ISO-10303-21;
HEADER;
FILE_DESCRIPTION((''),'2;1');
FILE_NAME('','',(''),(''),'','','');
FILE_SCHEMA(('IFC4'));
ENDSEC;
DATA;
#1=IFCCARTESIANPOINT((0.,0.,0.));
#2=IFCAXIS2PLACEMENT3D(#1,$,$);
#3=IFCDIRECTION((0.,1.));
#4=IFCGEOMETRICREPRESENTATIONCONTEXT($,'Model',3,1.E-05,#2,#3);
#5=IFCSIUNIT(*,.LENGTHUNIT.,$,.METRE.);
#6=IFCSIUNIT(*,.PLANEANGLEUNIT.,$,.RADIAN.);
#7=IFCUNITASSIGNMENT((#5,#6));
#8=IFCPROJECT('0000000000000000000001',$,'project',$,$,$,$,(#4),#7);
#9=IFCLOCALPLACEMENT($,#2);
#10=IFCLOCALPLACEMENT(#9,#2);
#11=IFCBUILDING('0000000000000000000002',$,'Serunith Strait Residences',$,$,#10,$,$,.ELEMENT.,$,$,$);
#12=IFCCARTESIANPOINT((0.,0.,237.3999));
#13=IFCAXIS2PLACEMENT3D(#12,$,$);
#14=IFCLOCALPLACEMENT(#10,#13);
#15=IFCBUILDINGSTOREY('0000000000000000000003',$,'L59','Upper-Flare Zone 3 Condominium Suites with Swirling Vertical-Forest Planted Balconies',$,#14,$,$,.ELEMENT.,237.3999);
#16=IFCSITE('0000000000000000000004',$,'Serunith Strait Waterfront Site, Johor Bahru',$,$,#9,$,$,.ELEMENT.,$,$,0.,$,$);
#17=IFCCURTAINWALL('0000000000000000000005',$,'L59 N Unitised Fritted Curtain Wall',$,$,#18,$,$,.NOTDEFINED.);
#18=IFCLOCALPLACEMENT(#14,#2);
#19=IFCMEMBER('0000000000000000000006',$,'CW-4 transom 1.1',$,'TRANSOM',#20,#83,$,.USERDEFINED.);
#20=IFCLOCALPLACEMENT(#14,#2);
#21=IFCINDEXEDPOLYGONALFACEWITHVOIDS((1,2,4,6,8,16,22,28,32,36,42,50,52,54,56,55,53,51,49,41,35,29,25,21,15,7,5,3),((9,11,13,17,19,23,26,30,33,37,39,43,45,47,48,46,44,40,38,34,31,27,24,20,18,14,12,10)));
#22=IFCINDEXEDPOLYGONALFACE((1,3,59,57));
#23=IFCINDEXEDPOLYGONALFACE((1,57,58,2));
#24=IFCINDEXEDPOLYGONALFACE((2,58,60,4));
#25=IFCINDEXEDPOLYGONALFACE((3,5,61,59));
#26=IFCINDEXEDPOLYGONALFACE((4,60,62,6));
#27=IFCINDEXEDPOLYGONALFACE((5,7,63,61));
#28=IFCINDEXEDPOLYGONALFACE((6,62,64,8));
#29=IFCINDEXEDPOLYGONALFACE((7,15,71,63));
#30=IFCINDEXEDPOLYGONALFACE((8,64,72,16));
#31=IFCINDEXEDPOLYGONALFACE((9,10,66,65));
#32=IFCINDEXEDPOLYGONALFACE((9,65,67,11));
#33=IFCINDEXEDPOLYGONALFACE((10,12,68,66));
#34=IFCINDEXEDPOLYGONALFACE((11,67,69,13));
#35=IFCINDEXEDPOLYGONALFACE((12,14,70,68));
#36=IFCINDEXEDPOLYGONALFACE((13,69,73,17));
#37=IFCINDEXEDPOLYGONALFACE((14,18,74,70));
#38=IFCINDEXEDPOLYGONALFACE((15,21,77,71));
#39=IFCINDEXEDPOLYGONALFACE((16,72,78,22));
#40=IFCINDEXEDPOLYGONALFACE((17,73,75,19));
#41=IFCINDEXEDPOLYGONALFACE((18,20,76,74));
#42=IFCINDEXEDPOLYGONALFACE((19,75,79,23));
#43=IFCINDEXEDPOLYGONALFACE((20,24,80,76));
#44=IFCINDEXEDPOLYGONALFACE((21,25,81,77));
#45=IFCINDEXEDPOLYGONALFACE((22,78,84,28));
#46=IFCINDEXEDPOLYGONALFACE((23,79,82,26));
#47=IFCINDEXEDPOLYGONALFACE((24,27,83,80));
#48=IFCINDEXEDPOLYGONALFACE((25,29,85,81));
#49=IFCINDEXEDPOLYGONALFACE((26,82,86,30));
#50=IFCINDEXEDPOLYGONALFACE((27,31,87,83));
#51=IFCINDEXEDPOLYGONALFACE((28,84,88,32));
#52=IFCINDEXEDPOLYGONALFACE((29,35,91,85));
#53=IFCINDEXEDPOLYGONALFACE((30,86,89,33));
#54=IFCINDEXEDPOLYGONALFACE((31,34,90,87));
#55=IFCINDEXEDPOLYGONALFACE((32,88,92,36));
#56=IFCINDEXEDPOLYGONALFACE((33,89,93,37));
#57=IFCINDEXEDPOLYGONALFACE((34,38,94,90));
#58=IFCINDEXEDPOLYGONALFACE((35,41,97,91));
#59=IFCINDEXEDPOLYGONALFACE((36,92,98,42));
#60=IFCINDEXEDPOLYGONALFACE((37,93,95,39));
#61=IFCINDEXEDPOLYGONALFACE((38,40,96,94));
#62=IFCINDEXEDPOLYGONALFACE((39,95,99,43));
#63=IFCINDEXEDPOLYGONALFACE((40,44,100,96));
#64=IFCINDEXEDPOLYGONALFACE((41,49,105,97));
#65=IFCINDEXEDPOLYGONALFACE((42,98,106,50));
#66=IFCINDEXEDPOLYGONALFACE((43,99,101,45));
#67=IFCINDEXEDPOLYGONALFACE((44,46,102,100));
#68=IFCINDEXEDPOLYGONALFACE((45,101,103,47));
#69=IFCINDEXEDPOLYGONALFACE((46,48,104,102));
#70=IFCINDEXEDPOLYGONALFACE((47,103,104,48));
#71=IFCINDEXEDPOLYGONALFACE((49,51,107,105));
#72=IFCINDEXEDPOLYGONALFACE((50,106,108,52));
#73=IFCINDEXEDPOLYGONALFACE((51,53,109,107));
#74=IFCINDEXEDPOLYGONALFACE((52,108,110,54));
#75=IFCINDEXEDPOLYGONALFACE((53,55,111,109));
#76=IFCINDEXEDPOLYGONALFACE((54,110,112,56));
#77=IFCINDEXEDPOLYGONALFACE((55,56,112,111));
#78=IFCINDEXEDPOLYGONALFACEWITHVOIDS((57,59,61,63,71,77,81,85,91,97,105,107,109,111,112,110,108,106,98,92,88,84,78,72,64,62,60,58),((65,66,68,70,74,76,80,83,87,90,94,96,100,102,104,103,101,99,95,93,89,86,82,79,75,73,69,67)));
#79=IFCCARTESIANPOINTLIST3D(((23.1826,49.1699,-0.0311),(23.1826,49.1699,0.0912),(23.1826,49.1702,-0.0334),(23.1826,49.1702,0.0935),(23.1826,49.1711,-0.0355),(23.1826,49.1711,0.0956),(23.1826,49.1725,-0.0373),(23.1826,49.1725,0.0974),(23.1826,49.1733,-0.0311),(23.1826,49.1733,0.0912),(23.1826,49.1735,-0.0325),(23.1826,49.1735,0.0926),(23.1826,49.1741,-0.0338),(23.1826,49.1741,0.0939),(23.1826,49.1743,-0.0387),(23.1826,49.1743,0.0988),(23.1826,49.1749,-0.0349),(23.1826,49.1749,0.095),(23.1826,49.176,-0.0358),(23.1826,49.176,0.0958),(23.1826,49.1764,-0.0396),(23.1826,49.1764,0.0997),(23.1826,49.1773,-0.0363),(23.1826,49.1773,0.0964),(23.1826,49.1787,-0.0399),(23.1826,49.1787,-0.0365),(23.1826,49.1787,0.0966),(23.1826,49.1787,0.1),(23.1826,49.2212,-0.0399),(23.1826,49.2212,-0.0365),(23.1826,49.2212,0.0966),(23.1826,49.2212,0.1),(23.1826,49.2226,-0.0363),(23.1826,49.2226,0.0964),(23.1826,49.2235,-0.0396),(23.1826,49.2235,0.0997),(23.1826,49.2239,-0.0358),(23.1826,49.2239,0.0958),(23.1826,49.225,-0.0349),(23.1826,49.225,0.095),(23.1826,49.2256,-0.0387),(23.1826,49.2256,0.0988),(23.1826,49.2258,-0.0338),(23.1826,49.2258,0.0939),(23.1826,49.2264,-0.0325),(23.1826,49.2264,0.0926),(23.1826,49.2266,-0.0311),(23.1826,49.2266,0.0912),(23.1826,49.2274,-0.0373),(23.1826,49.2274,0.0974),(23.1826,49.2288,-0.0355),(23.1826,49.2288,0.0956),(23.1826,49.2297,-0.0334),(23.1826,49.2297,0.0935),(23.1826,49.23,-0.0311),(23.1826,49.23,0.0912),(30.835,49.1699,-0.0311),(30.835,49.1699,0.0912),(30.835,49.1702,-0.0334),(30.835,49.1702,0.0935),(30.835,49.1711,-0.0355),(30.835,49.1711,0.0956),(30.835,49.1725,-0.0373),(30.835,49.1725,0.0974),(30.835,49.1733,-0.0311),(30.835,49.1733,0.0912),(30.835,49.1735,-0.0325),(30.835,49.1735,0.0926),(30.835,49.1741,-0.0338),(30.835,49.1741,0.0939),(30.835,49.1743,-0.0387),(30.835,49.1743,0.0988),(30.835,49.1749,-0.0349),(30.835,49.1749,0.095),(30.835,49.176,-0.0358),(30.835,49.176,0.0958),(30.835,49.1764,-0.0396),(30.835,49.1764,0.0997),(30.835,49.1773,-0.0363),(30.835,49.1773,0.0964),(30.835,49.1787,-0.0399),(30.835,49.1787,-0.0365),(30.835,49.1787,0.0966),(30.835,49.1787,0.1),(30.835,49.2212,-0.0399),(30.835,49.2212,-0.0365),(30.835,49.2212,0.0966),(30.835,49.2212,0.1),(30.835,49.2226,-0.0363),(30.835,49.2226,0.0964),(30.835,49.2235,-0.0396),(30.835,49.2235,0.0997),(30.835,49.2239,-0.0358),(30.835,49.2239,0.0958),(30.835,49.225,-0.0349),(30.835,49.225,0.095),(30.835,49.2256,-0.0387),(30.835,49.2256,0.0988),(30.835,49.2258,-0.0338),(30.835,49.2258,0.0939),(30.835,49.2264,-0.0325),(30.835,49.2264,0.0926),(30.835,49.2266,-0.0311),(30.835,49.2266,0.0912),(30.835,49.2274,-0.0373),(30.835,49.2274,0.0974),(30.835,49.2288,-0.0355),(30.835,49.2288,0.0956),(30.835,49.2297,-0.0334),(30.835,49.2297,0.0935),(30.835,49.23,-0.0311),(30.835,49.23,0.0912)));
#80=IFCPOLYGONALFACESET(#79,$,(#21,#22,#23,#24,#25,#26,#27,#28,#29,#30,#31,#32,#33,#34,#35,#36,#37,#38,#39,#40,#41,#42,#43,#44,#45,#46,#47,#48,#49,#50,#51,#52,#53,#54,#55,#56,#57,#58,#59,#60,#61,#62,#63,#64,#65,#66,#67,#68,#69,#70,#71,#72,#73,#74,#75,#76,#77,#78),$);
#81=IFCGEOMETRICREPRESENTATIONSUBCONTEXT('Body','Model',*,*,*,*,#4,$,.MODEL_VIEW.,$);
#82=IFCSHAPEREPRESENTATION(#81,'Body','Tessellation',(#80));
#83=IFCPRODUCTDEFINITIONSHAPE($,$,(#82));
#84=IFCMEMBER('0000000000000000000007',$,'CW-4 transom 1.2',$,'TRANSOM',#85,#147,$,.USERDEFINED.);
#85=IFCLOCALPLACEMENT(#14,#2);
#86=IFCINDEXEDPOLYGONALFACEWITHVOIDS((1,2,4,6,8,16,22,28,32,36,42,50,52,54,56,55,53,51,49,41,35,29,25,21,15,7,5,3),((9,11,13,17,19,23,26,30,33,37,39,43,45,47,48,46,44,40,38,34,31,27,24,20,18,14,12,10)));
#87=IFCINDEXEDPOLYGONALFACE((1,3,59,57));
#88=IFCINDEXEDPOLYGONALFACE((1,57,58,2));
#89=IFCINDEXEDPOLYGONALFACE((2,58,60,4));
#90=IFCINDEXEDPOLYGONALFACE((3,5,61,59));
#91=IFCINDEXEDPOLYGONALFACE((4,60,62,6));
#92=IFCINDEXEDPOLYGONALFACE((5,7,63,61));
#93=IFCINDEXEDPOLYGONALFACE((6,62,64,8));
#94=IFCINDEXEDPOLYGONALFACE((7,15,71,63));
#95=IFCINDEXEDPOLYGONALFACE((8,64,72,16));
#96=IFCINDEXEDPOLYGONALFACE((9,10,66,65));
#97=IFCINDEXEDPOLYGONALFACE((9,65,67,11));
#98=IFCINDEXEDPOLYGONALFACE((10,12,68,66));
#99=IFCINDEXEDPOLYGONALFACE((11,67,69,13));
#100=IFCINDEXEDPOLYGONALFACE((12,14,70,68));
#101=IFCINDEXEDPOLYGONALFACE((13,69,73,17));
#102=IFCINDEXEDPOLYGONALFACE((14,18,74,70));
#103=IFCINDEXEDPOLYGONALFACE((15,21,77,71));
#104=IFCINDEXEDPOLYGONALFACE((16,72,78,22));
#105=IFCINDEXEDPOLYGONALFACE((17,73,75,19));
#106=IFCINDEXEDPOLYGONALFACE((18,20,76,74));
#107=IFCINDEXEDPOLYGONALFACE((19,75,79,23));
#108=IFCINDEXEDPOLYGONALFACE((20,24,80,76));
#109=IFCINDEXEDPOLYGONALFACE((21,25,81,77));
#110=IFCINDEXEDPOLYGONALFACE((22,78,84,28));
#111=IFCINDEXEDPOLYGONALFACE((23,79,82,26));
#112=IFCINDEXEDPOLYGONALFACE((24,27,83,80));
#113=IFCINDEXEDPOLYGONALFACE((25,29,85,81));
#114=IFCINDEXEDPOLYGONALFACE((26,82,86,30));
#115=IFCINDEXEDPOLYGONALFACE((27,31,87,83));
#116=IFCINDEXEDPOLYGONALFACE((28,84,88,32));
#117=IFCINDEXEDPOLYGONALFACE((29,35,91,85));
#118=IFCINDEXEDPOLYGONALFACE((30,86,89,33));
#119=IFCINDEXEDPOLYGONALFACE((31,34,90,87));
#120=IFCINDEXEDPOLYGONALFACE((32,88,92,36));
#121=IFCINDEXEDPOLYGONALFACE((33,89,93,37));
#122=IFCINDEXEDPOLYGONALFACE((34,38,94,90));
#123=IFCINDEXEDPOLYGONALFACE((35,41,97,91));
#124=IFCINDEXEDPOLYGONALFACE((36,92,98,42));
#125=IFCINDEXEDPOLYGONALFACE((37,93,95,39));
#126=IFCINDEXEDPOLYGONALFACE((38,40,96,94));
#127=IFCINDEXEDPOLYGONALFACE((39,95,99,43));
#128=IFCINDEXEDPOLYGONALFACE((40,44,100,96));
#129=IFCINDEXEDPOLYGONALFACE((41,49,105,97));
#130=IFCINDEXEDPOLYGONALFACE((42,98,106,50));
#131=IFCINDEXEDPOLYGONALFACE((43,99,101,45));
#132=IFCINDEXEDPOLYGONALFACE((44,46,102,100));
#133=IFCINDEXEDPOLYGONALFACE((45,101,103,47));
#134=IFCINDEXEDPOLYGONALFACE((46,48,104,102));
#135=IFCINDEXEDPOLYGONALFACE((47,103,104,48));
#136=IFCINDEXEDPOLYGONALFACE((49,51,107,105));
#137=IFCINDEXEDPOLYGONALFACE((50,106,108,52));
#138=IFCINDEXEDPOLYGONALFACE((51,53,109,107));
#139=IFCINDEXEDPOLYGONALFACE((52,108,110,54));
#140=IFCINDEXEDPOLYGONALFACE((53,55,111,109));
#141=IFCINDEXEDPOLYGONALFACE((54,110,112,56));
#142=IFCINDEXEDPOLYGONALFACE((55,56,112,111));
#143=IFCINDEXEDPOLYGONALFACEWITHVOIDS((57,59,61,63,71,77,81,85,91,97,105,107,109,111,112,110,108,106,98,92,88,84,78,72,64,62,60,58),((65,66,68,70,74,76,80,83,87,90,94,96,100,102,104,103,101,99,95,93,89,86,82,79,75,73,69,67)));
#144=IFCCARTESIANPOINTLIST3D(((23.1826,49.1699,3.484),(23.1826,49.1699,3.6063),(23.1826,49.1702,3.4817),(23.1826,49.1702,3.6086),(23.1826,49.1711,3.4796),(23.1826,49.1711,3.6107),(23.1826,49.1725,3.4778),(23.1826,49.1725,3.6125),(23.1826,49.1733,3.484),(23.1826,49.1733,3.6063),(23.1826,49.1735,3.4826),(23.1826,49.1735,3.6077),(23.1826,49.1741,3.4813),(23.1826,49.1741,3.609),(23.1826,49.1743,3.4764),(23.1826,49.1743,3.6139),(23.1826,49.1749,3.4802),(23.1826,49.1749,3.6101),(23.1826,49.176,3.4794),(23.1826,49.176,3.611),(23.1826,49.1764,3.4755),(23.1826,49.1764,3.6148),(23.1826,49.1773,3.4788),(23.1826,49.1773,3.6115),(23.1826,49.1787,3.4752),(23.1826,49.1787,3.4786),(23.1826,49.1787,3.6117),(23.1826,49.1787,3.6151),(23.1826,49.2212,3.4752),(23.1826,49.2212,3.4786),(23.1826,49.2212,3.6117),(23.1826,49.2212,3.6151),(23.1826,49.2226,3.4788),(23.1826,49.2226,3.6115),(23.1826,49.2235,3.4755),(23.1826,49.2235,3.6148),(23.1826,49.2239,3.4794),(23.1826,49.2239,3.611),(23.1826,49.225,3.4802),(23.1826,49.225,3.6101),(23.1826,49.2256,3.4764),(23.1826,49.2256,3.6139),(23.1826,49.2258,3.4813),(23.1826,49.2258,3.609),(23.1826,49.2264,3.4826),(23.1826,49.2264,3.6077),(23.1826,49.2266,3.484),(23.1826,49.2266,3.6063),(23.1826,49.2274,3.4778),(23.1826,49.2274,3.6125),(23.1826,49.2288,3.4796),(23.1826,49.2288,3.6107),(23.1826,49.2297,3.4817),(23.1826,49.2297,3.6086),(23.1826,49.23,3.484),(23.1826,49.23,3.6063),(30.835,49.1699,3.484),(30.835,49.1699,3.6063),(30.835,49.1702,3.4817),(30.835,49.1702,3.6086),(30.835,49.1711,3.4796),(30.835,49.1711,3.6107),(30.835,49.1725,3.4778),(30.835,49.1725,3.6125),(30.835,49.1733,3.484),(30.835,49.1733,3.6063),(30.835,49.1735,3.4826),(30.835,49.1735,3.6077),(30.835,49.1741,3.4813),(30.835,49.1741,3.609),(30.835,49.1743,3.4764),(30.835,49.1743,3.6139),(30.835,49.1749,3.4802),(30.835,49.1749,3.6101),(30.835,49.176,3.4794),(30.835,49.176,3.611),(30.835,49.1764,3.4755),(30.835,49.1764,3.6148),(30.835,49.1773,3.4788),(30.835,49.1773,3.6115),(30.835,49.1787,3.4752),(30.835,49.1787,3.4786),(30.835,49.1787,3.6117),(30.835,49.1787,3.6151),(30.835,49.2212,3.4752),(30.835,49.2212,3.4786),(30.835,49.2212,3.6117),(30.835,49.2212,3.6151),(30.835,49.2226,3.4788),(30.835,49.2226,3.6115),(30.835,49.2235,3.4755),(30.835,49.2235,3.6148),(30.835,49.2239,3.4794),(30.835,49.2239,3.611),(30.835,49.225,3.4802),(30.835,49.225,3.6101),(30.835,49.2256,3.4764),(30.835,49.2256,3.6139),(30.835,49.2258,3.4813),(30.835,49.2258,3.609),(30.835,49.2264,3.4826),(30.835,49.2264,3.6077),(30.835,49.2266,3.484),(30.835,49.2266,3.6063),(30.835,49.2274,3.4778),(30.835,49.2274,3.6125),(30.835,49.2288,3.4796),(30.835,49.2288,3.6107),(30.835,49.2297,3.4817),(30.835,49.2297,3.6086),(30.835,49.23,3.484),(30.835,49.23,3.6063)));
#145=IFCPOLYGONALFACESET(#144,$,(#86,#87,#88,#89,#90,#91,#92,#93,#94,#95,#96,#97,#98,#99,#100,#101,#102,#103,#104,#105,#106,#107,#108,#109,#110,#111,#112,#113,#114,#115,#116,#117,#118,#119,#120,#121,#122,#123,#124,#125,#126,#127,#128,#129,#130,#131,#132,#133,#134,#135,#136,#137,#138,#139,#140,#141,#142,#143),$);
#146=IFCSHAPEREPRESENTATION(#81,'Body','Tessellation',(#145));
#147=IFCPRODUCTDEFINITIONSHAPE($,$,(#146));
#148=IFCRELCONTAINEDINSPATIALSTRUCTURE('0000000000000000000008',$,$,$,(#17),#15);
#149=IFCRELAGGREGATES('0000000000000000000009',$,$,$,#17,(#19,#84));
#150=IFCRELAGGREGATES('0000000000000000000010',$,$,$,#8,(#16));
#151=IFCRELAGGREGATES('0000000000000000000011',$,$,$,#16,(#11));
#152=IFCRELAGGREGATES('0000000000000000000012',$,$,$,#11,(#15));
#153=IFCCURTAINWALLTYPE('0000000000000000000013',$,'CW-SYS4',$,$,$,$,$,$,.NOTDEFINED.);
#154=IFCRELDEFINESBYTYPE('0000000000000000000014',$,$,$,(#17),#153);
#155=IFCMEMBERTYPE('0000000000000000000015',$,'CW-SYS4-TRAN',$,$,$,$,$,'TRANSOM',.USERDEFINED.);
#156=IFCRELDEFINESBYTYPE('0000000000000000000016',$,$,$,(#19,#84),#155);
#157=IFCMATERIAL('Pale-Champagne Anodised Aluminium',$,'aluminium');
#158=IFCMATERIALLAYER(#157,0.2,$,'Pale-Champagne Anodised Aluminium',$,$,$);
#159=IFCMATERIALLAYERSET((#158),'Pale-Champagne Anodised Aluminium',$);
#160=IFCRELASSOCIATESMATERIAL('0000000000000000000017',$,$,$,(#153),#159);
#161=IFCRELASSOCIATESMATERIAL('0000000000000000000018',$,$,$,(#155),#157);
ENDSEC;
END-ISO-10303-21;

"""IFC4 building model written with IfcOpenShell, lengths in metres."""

from ifc_helpers import new_model, si_unit, direction, frame, origin, origin_2d, place, context, subcontext, project, spatial, hollow_rectangle, extrude, source, transform, mapped, material, layer, layer_set, material_profile, profile_set, type_object, element, aggregate, save


model = new_model("IFC4")

# Units and contexts
model_context = context("Model", 3, precision=1e-05, world=origin(), true_north=direction((0.0, 1.0)))
body_context = subcontext(model_context, "Body", "Model", "MODEL_VIEW")
ifc_project = project(units=[si_unit("LENGTHUNIT", "METRE"), si_unit("PLANEANGLEUNIT", "RADIAN")], contexts=[model_context])

# Site, building, storey
site_placement = place(None, origin())
site = spatial("IfcSite", under=ifc_project, at=site_placement, Name="Serunith Strait Waterfront Site, Johor Bahru", CompositionType="ELEMENT", RefElevation=0.0)
building_placement = place(site_placement, origin())
building = spatial("IfcBuilding", under=site, at=building_placement, Name="Serunith Strait Residences", CompositionType="ELEMENT")
storey_placement = place(building_placement, frame((0.0, 0.0, 237.3999)))
storey = spatial("IfcBuildingStorey", under=building, at=storey_placement, Name="L59", Description="Upper-Flare Zone 3 Condominium Suites with Swirling Vertical-Forest Planted Balconies", CompositionType="ELEMENT", Elevation=237.3999)

# Curtain wall, members
ifc_material_1 = material(Name="Pale-Champagne Anodised Aluminium", Category="aluminium")
ifc_layer_1 = layer(ifc_material_1, 0.2, Name="Pale-Champagne Anodised Aluminium")
ifc_layer_set_1 = layer_set([ifc_layer_1], Name="Pale-Champagne Anodised Aluminium")
curtain_wall_type = type_object("IfcCurtainWallType", Name="CW-SYS4", PredefinedType="NOTDEFINED", material=ifc_layer_set_1)
ifc_material_profile_1 = material_profile(ifc_material_1, hollow_rectangle(XDim=0.0601, YDim=0.1399, WallThickness=0.0034, InnerFilletRadius=0.0054, OuterFilletRadius=0.0088, at=origin_2d()), Name="ALU 140x60x3.5")
ifc_profile_set_1 = profile_set([ifc_material_profile_1], Name="Pale-Champagne Anodised Aluminium")
member_type_1 = type_object("IfcMemberType", Name="CW-SYS4-TRAN", ElementType="TRANSOM", PredefinedType="USERDEFINED", material=ifc_profile_set_1)
shared_shape_1 = source(origin(), body_context, "Body", "SweptSolid", [
    extrude(hollow_rectangle(XDim=0.0601, YDim=0.1399, WallThickness=0.0034, InnerFilletRadius=0.0054, OuterFilletRadius=0.0088, at=origin_2d()), origin(), (0.0, 0.0, 1.0), 7.6523),
])
curtain_wall_1_placement = place(storey_placement, origin())
curtain_wall_1 = element("IfcCurtainWall", 1, at=curtain_wall_1_placement, inside=storey, type_object=curtain_wall_type, Name="L59 N Unitised Fritted Curtain Wall", PredefinedType="NOTDEFINED")
member_1_placement = place(storey_placement, frame((30.835, 49.2, 0.03), z_axis=(-1.0, 0.0, 0.0), x_axis=(0.0, -1.0, 0.0)))
member_1 = element("IfcMember", 2, at=member_1_placement, type_object=member_type_1, Name="CW-4 transom 1.1", ObjectType="TRANSOM", PredefinedType="USERDEFINED", context=body_context, shape_type="MappedRepresentation", body=[
    mapped(shared_shape_1, transform((0.0, 0.0, 0.0), scale=1.0)),
])
member_2_placement = place(storey_placement, frame((30.835, 49.2, 3.5452), z_axis=(-1.0, 0.0, 0.0), x_axis=(0.0, -1.0, 0.0)))
member_2 = element("IfcMember", 3, at=member_2_placement, type_object=member_type_1, Name="CW-4 transom 1.2", ObjectType="TRANSOM", PredefinedType="USERDEFINED", context=body_context, shape_type="MappedRepresentation", body=[
    mapped(shared_shape_1, transform((0.0, 0.0, 0.0), scale=1.0)),
])

aggregate(curtain_wall_1, [member_1, member_2])

save(model, "model.ifc")
